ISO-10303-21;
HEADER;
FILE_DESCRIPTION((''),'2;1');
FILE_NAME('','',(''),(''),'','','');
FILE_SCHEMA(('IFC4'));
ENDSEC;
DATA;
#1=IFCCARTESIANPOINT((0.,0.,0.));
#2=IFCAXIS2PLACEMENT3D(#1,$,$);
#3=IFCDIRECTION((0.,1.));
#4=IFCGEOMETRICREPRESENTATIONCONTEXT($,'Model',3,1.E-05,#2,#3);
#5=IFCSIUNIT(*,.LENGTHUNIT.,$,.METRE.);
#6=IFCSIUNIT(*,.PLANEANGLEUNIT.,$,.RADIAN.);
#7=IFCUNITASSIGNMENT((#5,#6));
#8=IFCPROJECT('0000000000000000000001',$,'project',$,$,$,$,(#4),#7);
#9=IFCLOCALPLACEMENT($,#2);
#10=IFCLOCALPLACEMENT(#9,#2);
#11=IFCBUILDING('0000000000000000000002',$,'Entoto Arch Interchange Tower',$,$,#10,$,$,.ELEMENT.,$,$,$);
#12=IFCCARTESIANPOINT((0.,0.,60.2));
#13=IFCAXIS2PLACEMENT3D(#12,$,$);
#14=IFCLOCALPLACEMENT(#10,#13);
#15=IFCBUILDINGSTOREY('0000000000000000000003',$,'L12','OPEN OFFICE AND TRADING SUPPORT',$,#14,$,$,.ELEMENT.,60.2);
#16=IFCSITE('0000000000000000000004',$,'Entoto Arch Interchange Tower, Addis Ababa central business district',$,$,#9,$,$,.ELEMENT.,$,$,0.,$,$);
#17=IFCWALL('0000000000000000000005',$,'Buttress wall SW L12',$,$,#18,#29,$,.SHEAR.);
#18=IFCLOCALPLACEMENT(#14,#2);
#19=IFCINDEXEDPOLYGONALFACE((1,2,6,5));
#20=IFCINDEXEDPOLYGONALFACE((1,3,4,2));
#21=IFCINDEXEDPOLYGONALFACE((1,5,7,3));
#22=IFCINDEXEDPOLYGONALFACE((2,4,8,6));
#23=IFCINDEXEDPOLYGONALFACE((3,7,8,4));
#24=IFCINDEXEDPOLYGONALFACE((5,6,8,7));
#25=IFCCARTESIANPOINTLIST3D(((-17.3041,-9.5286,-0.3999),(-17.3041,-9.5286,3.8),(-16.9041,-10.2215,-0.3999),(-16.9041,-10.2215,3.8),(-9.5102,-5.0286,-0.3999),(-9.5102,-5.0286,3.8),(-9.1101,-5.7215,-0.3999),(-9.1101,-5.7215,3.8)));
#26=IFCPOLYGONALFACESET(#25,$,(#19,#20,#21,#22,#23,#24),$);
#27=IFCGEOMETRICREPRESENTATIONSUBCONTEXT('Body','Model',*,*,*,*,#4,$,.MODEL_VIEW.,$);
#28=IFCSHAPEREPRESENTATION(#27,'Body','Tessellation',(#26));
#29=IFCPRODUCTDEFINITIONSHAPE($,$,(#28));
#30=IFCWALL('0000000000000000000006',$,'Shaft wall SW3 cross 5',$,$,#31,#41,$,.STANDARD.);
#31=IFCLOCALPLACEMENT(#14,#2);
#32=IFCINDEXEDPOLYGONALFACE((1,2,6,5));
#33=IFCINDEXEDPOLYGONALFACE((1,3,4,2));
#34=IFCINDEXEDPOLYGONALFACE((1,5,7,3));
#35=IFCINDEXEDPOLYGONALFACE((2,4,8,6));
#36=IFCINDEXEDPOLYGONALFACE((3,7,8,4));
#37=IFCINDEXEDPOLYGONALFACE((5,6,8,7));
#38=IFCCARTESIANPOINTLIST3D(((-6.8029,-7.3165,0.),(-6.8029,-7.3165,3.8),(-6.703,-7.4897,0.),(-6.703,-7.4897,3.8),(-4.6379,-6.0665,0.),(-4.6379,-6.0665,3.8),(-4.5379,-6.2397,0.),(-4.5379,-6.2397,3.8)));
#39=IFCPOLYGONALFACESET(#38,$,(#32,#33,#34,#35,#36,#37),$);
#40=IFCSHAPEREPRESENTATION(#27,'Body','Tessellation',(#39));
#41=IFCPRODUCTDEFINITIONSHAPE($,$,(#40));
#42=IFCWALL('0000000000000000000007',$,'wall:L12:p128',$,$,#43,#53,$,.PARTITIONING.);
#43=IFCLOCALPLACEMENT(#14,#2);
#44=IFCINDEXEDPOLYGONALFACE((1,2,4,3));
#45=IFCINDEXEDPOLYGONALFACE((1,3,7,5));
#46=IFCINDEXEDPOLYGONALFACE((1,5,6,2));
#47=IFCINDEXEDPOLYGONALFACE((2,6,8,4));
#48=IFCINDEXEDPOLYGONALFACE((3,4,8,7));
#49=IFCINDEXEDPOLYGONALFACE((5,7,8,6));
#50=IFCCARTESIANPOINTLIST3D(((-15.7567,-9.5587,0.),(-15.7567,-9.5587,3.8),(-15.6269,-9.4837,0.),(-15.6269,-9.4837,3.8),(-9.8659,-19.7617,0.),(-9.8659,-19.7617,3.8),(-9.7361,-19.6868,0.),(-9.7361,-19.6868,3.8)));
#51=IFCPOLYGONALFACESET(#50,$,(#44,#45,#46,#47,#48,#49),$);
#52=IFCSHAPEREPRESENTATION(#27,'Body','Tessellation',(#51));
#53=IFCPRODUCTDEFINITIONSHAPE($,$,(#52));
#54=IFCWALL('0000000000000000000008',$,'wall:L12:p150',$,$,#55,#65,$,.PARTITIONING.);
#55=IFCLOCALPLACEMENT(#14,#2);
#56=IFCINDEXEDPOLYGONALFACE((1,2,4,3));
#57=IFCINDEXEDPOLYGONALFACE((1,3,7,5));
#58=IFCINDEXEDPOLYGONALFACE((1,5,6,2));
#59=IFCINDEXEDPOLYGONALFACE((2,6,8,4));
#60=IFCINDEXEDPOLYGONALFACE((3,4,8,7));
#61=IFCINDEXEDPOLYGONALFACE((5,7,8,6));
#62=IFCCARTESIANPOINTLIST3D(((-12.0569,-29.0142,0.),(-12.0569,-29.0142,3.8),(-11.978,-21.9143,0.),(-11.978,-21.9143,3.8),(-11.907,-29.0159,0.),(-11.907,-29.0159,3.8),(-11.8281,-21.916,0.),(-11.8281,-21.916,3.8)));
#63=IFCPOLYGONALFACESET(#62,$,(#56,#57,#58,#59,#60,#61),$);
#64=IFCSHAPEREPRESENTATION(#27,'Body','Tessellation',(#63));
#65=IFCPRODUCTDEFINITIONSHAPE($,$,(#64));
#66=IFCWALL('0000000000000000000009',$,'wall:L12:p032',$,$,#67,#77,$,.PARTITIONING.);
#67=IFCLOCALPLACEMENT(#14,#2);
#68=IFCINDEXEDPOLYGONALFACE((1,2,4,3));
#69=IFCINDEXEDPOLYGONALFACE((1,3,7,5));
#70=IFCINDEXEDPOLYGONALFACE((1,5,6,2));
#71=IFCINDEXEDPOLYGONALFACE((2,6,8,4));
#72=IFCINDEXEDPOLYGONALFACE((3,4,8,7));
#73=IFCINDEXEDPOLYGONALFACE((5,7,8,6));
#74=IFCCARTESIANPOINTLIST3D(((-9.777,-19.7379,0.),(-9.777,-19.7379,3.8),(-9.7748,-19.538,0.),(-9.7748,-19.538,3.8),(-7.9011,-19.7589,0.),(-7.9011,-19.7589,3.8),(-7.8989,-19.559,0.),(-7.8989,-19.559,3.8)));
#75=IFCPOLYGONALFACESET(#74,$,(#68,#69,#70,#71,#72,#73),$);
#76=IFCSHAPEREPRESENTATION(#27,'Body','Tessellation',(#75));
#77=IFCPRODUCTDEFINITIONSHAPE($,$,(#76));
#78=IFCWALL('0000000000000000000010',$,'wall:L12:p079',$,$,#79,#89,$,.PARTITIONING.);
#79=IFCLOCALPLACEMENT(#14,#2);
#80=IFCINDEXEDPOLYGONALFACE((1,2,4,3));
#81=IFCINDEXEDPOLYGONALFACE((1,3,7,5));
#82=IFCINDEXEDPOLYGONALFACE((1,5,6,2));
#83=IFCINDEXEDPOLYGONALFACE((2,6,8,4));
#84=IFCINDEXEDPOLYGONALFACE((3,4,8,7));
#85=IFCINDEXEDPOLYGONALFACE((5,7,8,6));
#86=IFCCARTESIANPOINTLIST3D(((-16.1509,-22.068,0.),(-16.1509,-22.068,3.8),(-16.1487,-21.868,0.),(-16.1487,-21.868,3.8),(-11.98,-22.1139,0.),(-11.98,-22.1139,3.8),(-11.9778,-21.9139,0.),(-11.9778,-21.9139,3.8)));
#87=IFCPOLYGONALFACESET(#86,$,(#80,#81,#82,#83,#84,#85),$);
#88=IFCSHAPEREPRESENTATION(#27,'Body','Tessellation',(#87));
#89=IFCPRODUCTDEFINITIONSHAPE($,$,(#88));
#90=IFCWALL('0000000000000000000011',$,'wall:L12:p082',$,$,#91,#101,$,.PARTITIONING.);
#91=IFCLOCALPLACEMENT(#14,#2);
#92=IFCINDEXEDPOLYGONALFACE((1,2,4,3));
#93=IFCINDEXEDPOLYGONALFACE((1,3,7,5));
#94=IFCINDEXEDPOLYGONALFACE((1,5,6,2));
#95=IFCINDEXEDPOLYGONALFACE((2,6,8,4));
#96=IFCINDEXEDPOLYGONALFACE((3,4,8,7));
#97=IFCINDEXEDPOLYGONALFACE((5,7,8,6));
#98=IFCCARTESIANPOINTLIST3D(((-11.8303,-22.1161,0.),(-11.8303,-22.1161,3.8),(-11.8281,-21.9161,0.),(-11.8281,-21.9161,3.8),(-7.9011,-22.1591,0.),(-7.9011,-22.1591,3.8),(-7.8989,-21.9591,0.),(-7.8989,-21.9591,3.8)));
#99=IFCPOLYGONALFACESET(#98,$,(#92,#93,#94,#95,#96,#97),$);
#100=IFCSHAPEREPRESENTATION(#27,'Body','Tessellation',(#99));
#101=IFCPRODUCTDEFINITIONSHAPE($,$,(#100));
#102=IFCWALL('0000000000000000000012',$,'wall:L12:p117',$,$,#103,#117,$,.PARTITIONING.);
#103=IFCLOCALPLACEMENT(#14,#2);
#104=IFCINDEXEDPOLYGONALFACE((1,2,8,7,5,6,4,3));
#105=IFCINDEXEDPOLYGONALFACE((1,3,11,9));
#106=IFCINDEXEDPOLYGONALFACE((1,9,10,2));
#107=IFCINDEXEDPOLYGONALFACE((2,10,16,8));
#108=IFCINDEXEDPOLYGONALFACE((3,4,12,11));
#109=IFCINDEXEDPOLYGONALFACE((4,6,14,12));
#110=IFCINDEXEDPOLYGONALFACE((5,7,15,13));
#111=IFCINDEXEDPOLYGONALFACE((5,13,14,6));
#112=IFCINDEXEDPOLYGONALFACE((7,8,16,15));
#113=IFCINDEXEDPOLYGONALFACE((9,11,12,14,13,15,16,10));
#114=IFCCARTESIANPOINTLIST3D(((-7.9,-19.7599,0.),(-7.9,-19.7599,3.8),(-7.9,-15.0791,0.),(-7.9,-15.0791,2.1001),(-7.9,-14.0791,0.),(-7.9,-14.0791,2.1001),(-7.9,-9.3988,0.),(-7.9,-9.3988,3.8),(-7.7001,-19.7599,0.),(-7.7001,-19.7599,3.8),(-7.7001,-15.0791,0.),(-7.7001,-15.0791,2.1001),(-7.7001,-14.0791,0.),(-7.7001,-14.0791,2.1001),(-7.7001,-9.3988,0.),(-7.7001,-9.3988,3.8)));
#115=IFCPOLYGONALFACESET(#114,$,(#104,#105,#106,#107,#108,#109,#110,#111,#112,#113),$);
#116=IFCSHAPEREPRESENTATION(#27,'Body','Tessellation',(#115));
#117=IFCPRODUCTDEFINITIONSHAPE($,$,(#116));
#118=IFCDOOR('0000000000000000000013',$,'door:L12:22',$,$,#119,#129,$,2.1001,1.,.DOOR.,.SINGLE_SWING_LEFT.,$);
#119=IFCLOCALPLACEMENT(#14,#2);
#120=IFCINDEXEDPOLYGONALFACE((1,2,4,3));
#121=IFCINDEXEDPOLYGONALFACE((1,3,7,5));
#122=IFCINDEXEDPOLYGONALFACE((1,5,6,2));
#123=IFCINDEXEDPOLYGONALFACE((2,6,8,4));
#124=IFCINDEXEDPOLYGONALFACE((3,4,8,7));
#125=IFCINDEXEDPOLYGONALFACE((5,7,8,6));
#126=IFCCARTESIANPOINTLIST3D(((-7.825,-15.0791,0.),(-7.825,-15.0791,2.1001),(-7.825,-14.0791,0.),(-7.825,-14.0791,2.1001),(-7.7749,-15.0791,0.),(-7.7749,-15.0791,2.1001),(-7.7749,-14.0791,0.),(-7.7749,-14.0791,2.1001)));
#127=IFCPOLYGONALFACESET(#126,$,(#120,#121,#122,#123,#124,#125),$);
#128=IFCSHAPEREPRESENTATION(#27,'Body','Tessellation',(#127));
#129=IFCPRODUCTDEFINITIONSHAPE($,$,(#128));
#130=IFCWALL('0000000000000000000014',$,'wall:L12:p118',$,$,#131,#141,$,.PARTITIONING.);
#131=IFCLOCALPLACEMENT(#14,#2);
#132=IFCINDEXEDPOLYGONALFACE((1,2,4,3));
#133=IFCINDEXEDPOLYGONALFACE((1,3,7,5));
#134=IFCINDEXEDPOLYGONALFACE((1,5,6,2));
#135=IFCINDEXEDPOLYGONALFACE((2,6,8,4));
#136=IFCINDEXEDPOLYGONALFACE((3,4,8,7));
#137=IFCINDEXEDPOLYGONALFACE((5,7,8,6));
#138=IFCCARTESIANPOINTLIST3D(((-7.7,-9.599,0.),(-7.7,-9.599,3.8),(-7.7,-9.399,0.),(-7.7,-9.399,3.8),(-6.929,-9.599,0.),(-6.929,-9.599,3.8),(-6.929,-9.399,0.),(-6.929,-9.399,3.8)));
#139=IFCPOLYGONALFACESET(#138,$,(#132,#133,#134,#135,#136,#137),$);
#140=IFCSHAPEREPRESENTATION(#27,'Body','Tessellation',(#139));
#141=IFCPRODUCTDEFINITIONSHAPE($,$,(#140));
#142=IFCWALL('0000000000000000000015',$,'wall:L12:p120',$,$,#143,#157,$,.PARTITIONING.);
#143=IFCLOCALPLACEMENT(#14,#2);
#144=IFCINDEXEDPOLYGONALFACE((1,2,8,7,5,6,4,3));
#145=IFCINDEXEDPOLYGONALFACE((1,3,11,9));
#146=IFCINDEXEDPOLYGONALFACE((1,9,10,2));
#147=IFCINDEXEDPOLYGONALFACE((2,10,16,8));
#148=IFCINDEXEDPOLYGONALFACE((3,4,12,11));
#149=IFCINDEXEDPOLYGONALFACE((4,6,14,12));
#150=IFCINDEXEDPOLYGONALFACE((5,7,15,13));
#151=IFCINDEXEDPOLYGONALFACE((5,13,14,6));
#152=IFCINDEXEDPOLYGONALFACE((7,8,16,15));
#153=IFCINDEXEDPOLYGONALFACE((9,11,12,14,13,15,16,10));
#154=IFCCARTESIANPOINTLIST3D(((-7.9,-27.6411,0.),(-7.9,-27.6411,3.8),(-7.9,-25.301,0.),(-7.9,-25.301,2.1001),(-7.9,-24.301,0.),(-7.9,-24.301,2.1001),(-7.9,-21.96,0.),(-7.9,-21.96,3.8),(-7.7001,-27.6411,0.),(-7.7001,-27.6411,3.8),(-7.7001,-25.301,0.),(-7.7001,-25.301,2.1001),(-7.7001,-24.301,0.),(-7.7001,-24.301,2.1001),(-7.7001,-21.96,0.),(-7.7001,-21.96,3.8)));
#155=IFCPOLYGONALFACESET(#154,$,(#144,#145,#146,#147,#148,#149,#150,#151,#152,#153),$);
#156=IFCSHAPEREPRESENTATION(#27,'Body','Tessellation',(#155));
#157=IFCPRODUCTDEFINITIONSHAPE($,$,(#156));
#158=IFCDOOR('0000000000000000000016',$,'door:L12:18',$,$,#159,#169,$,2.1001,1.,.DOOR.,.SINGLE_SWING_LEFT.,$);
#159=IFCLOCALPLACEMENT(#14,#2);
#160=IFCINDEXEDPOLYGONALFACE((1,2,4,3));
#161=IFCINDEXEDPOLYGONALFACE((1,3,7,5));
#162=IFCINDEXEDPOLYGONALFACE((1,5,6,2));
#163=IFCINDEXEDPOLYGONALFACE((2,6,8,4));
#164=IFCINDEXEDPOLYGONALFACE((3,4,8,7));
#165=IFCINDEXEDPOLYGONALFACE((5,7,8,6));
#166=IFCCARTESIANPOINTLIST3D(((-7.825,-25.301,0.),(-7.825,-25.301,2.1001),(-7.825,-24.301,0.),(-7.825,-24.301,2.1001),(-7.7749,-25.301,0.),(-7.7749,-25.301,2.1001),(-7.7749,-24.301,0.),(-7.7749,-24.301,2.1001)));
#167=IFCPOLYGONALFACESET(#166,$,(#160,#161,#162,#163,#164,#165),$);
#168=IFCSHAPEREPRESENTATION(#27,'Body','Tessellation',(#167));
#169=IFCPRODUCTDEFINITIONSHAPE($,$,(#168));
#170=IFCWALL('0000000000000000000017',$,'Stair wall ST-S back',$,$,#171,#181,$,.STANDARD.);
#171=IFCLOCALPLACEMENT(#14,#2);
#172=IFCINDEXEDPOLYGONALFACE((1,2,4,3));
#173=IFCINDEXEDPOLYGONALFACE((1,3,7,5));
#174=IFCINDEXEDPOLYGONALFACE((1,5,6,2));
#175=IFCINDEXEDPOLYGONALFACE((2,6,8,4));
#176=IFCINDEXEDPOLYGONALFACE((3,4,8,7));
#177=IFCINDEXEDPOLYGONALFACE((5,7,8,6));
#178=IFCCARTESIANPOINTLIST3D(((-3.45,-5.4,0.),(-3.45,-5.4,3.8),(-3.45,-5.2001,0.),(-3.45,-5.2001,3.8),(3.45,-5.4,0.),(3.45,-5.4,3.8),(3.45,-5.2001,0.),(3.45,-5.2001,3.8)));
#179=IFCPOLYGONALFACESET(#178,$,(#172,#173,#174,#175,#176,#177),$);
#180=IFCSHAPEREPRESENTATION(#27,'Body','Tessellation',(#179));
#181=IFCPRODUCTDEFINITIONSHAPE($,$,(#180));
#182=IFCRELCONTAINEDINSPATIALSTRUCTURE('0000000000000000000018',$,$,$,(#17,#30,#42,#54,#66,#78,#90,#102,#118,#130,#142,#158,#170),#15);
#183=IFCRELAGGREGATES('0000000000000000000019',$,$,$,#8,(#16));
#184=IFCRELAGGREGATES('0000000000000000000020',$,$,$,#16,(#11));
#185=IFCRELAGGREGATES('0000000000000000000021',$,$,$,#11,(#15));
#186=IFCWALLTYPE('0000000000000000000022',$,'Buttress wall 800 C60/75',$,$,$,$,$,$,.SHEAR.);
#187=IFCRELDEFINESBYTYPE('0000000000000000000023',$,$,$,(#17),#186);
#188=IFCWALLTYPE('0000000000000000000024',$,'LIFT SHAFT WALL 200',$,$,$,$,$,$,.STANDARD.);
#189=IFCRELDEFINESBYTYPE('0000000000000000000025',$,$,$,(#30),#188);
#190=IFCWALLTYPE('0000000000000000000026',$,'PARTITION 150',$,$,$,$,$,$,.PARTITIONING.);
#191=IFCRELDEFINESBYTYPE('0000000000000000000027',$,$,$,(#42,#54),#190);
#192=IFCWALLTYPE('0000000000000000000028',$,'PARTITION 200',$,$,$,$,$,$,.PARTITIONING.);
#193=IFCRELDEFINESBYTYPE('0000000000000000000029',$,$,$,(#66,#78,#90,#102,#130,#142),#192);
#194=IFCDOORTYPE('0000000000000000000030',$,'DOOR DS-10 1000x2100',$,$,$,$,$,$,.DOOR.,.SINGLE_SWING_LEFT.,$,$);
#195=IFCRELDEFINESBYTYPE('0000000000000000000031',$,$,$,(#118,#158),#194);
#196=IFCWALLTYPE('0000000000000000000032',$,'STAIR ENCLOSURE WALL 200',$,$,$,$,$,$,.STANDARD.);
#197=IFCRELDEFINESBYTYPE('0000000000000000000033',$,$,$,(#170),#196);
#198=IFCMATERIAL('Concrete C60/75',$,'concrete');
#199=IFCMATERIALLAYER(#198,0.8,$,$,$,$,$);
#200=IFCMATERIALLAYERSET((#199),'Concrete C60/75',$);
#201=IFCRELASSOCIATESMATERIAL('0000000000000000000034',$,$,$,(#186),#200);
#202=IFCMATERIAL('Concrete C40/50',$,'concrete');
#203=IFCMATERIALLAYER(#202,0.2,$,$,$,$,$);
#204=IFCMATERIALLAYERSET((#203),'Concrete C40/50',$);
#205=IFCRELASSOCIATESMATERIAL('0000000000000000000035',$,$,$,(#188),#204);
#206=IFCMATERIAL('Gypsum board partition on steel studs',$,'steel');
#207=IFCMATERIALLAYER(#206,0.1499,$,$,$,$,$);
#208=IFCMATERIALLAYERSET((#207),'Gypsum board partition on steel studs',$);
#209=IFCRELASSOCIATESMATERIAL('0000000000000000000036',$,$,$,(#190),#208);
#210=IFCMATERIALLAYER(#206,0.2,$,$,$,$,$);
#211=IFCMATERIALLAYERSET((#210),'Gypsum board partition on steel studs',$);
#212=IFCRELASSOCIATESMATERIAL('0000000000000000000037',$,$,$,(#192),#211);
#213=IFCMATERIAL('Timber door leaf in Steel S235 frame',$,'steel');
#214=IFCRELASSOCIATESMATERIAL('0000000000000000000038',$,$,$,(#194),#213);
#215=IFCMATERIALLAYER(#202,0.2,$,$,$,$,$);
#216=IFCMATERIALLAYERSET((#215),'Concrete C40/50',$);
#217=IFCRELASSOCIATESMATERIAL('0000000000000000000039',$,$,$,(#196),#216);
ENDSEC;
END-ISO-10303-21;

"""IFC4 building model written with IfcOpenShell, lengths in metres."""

from ifc_helpers import new_model, si_unit, direction, frame, frame_2d, origin, place, context, subcontext, project, spatial, rectangle, extrude, material, layer, layer_set, type_object, element, fill, save


model = new_model("IFC4")

# Units and contexts
model_context = context("Model", 3, precision=1e-05, world=origin(), true_north=direction((0.0, 1.0)))
body_context = subcontext(model_context, "Body", "Model", "MODEL_VIEW")
ifc_project = project(units=[si_unit("LENGTHUNIT", "METRE"), si_unit("PLANEANGLEUNIT", "RADIAN")], contexts=[model_context])

# Site, building, storey
site_placement = place(None, origin())
site = spatial("IfcSite", under=ifc_project, at=site_placement, Name="Entoto Arch Interchange Tower, Addis Ababa central business district", CompositionType="ELEMENT", RefElevation=0.0)
building_placement = place(site_placement, origin())
building = spatial("IfcBuilding", under=site, at=building_placement, Name="Entoto Arch Interchange Tower", CompositionType="ELEMENT")
storey_placement = place(building_placement, frame((0.0, 0.0, 60.2)))
storey = spatial("IfcBuildingStorey", under=building, at=storey_placement, Name="L12", Description="OPEN OFFICE AND TRADING SUPPORT", CompositionType="ELEMENT", Elevation=60.2)

# Shared definitions
ifc_material_1 = material(Name="Concrete C60/75", Category="concrete")

# Walls
ifc_layer_1 = layer(ifc_material_1, 0.8)
ifc_layer_set_1 = layer_set([ifc_layer_1], Name="Concrete C60/75")
wall_type_1 = type_object("IfcWallType", Name="Buttress wall 800 C60/75", PredefinedType="SHEAR", material=ifc_layer_set_1)
wall_1_placement = place(storey_placement, frame((-9.3101, -5.375, -0.3999), z_axis=(0.0, 0.0, 1.0), x_axis=(-0.866018, -0.500014, 0.0)))
element("IfcWall", 1, at=wall_1_placement, inside=storey, type_object=wall_type_1, Name="Buttress wall SW L12", PredefinedType="SHEAR", context=body_context, shape_type="SweptSolid", body=[
    extrude(rectangle(XDim=8.9998, YDim=0.8, at=frame_2d((4.5, 0.0))), origin(), (0.0, 0.0, 1.0), 4.2),
])
ifc_material_2 = material(Name="Concrete C40/50", Category="concrete")
ifc_layer_2 = layer(ifc_material_2, 0.2)
ifc_layer_set_2 = layer_set([ifc_layer_2], Name="Concrete C40/50")
wall_type_2 = type_object("IfcWallType", Name="LIFT SHAFT WALL 200", PredefinedType="STANDARD", material=ifc_layer_set_2)
wall_2_placement = place(storey_placement, frame((-4.5879, -6.1531, 0.0), z_axis=(0.0, 0.0, 1.0), x_axis=(-0.866023, -0.500004, 0.0)))
element("IfcWall", 2, at=wall_2_placement, inside=storey, type_object=wall_type_2, Name="Shaft wall SW3 cross 5", PredefinedType="STANDARD", context=body_context, shape_type="SweptSolid", body=[
    extrude(rectangle(XDim=2.5, YDim=0.2, at=frame_2d((1.25, 0.0))), origin(), (0.0, 0.0, 1.0), 3.8),
])
ifc_material_3 = material(Name="Gypsum board partition on steel studs", Category="steel")
ifc_layer_3 = layer(ifc_material_3, 0.1499)
ifc_layer_set_3 = layer_set([ifc_layer_3], Name="Gypsum board partition on steel studs")
wall_type_3 = type_object("IfcWallType", Name="PARTITION 150", PredefinedType="PARTITIONING", material=ifc_layer_set_3)
wall_3_placement = place(storey_placement, frame((-9.801, -19.7241, 0.0), z_axis=(0.0, 0.0, 1.0), x_axis=(-0.500006, 0.866022, 0.0)))
element("IfcWall", 3, at=wall_3_placement, inside=storey, type_object=wall_type_3, Name="wall:L12:p128", PredefinedType="PARTITIONING", context=body_context, shape_type="SweptSolid", body=[
    extrude(rectangle(XDim=11.7815, YDim=0.1499, at=frame_2d((5.8906, 0.0))), origin(), (0.0, 0.0, 1.0), 3.8),
])
wall_4_placement = place(storey_placement, frame((-11.9031, -21.915, 0.0), z_axis=(0.0, 0.0, 1.0), x_axis=(-0.011106, -0.999938, 0.0)))
element("IfcWall", 4, at=wall_4_placement, inside=storey, type_object=wall_type_3, Name="wall:L12:p150", PredefinedType="PARTITIONING", context=body_context, shape_type="SweptSolid", body=[
    extrude(rectangle(XDim=7.1003, YDim=0.1499, at=frame_2d((3.5503, 0.0))), origin(), (0.0, 0.0, 1.0), 3.8),
])
ifc_layer_4 = layer(ifc_material_3, 0.2)
ifc_layer_set_4 = layer_set([ifc_layer_4], Name="Gypsum board partition on steel studs")
wall_type_4 = type_object("IfcWallType", Name="PARTITION 200", PredefinedType="PARTITIONING", material=ifc_layer_set_4)
wall_5_placement = place(storey_placement, frame((-9.7759, -19.6379, 0.0), z_axis=(0.0, 0.0, 1.0), x_axis=(0.999937, -0.011191, 0.0)))
element("IfcWall", 5, at=wall_5_placement, inside=storey, type_object=wall_type_4, Name="wall:L12:p032", PredefinedType="PARTITIONING", context=body_context, shape_type="SweptSolid", body=[
    extrude(rectangle(XDim=1.876, YDim=0.2, at=frame_2d((0.938, 0.0))), origin(), (0.0, 0.0, 1.0), 3.8),
])
wall_6_placement = place(storey_placement, frame((-11.979, -22.0139, 0.0), z_axis=(0.0, 0.0, 1.0), x_axis=(-0.999939, 0.011004, 0.0)))
element("IfcWall", 6, at=wall_6_placement, inside=storey, type_object=wall_type_4, Name="wall:L12:p079", PredefinedType="PARTITIONING", context=body_context, shape_type="SweptSolid", body=[
    extrude(rectangle(XDim=4.1711, YDim=0.2, at=frame_2d((2.0854, 0.0))), origin(), (0.0, 0.0, 1.0), 3.8),
])
wall_7_placement = place(storey_placement, frame((-7.8999, -22.0591, 0.0), z_axis=(0.0, 0.0, 1.0), x_axis=(-0.99994, 0.010935, 0.0)))
element("IfcWall", 7, at=wall_7_placement, inside=storey, type_object=wall_type_4, Name="wall:L12:p082", PredefinedType="PARTITIONING", context=body_context, shape_type="SweptSolid", body=[
    extrude(rectangle(XDim=3.9294, YDim=0.2, at=frame_2d((1.9648, 0.0))), origin(), (0.0, 0.0, 1.0), 3.8),
])

# Wall, opening, door
wall_8_placement = place(storey_placement, frame((-7.8, -19.76, 0.0), z_axis=(0.0, 0.0, 1.0), x_axis=(0.0, 1.0, 0.0)))
wall_8 = element("IfcWall", 8, at=wall_8_placement, inside=storey, type_object=wall_type_4, Name="wall:L12:p117", PredefinedType="PARTITIONING", context=body_context, shape_type="SweptSolid", body=[
    extrude(rectangle(XDim=10.3611, YDim=0.2, at=frame_2d((5.1807, 0.0))), origin(), (0.0, 0.0, 1.0), 3.8),
])
opening_1_placement = place(wall_8_placement, frame((4.6809, 0.0, 0.0)))
opening_1 = element("IfcOpeningElement", 9, at=opening_1_placement, cuts=wall_8, PredefinedType="OPENING", context=body_context, shape_type="SweptSolid", body=[
    extrude(rectangle(XDim=1.0, YDim=2.1001, at=frame_2d((0.5, 1.05))), frame((0.0, 0.1099, 0.0), z_axis=(0.0, -1.0, 0.0), x_axis=(1.0, 0.0, 0.0)), (0.0, 0.0, 1.0), 0.22),
])
ifc_material_4 = material(Name="Timber door leaf in Steel S235 frame", Category="steel")
door_type = type_object("IfcDoorType", Name="DOOR DS-10 1000x2100", OperationType="SINGLE_SWING_LEFT", PredefinedType="DOOR", material=ifc_material_4)
door_1_placement = place(opening_1_placement, origin())
door_1 = element("IfcDoor", 10, at=door_1_placement, inside=storey, type_object=door_type, Name="door:L12:22", OperationType="SINGLE_SWING_LEFT", OverallHeight=2.1001, OverallWidth=1.0, PredefinedType="DOOR", context=body_context, shape_type="SweptSolid", body=[
    extrude(rectangle(XDim=1.0, YDim=2.1001, at=frame_2d((0.5, 1.05))), frame((0.0, 0.0249, 0.0), z_axis=(0.0, -1.0, 0.0), x_axis=(1.0, 0.0, 0.0)), (0.0, 0.0, 1.0), 0.05),
])
fill(opening_1, door_1)

# Wall
wall_9_placement = place(storey_placement, frame((-7.7, -9.499, 0.0), z_axis=(0.0, 0.0, 1.0), x_axis=(1.0, 0.0, 0.0)))
element("IfcWall", 11, at=wall_9_placement, inside=storey, type_object=wall_type_4, Name="wall:L12:p118", PredefinedType="PARTITIONING", context=body_context, shape_type="SweptSolid", body=[
    extrude(rectangle(XDim=0.771, YDim=0.2, at=frame_2d((0.3855, 0.0))), origin(), (0.0, 0.0, 1.0), 3.8),
])

# Wall, opening, door
wall_10_placement = place(storey_placement, frame((-7.8, -27.6411, 0.0), z_axis=(0.0, 0.0, 1.0), x_axis=(0.0, 1.0, 0.0)))
wall_10 = element("IfcWall", 12, at=wall_10_placement, inside=storey, type_object=wall_type_4, Name="wall:L12:p120", PredefinedType="PARTITIONING", context=body_context, shape_type="SweptSolid", body=[
    extrude(rectangle(XDim=5.6812, YDim=0.2, at=frame_2d((2.8406, 0.0))), origin(), (0.0, 0.0, 1.0), 3.8),
])
opening_2_placement = place(wall_10_placement, frame((2.3401, 0.0, 0.0)))
opening_2 = element("IfcOpeningElement", 13, at=opening_2_placement, cuts=wall_10, PredefinedType="OPENING", context=body_context, shape_type="SweptSolid", body=[
    extrude(rectangle(XDim=1.0, YDim=2.1001, at=frame_2d((0.5, 1.05))), frame((0.0, 0.1099, 0.0), z_axis=(0.0, -1.0, 0.0), x_axis=(1.0, 0.0, 0.0)), (0.0, 0.0, 1.0), 0.22),
])
door_2_placement = place(opening_2_placement, origin())
door_2 = element("IfcDoor", 14, at=door_2_placement, inside=storey, type_object=door_type, Name="door:L12:18", OperationType="SINGLE_SWING_LEFT", OverallHeight=2.1001, OverallWidth=1.0, PredefinedType="DOOR", context=body_context, shape_type="SweptSolid", body=[
    extrude(rectangle(XDim=1.0, YDim=2.1001, at=frame_2d((0.5, 1.05))), frame((0.0, 0.0249, 0.0), z_axis=(0.0, -1.0, 0.0), x_axis=(1.0, 0.0, 0.0)), (0.0, 0.0, 1.0), 0.05),
])
fill(opening_2, door_2)

# Wall
ifc_layer_5 = layer(ifc_material_2, 0.2)
ifc_layer_set_5 = layer_set([ifc_layer_5], Name="Concrete C40/50")
wall_type_5 = type_object("IfcWallType", Name="STAIR ENCLOSURE WALL 200", PredefinedType="STANDARD", material=ifc_layer_set_5)
wall_11_placement = place(storey_placement, frame((-3.45, -5.3, 0.0), z_axis=(0.0, 0.0, 1.0), x_axis=(1.0, 0.0, 0.0)))
element("IfcWall", 15, at=wall_11_placement, inside=storey, type_object=wall_type_5, Name="Stair wall ST-S back", PredefinedType="STANDARD", context=body_context, shape_type="SweptSolid", body=[
    extrude(rectangle(XDim=6.8999, YDim=0.2, at=frame_2d((3.45, 0.0))), origin(), (0.0, 0.0, 1.0), 3.8),
])

save(model, "model.ifc")
